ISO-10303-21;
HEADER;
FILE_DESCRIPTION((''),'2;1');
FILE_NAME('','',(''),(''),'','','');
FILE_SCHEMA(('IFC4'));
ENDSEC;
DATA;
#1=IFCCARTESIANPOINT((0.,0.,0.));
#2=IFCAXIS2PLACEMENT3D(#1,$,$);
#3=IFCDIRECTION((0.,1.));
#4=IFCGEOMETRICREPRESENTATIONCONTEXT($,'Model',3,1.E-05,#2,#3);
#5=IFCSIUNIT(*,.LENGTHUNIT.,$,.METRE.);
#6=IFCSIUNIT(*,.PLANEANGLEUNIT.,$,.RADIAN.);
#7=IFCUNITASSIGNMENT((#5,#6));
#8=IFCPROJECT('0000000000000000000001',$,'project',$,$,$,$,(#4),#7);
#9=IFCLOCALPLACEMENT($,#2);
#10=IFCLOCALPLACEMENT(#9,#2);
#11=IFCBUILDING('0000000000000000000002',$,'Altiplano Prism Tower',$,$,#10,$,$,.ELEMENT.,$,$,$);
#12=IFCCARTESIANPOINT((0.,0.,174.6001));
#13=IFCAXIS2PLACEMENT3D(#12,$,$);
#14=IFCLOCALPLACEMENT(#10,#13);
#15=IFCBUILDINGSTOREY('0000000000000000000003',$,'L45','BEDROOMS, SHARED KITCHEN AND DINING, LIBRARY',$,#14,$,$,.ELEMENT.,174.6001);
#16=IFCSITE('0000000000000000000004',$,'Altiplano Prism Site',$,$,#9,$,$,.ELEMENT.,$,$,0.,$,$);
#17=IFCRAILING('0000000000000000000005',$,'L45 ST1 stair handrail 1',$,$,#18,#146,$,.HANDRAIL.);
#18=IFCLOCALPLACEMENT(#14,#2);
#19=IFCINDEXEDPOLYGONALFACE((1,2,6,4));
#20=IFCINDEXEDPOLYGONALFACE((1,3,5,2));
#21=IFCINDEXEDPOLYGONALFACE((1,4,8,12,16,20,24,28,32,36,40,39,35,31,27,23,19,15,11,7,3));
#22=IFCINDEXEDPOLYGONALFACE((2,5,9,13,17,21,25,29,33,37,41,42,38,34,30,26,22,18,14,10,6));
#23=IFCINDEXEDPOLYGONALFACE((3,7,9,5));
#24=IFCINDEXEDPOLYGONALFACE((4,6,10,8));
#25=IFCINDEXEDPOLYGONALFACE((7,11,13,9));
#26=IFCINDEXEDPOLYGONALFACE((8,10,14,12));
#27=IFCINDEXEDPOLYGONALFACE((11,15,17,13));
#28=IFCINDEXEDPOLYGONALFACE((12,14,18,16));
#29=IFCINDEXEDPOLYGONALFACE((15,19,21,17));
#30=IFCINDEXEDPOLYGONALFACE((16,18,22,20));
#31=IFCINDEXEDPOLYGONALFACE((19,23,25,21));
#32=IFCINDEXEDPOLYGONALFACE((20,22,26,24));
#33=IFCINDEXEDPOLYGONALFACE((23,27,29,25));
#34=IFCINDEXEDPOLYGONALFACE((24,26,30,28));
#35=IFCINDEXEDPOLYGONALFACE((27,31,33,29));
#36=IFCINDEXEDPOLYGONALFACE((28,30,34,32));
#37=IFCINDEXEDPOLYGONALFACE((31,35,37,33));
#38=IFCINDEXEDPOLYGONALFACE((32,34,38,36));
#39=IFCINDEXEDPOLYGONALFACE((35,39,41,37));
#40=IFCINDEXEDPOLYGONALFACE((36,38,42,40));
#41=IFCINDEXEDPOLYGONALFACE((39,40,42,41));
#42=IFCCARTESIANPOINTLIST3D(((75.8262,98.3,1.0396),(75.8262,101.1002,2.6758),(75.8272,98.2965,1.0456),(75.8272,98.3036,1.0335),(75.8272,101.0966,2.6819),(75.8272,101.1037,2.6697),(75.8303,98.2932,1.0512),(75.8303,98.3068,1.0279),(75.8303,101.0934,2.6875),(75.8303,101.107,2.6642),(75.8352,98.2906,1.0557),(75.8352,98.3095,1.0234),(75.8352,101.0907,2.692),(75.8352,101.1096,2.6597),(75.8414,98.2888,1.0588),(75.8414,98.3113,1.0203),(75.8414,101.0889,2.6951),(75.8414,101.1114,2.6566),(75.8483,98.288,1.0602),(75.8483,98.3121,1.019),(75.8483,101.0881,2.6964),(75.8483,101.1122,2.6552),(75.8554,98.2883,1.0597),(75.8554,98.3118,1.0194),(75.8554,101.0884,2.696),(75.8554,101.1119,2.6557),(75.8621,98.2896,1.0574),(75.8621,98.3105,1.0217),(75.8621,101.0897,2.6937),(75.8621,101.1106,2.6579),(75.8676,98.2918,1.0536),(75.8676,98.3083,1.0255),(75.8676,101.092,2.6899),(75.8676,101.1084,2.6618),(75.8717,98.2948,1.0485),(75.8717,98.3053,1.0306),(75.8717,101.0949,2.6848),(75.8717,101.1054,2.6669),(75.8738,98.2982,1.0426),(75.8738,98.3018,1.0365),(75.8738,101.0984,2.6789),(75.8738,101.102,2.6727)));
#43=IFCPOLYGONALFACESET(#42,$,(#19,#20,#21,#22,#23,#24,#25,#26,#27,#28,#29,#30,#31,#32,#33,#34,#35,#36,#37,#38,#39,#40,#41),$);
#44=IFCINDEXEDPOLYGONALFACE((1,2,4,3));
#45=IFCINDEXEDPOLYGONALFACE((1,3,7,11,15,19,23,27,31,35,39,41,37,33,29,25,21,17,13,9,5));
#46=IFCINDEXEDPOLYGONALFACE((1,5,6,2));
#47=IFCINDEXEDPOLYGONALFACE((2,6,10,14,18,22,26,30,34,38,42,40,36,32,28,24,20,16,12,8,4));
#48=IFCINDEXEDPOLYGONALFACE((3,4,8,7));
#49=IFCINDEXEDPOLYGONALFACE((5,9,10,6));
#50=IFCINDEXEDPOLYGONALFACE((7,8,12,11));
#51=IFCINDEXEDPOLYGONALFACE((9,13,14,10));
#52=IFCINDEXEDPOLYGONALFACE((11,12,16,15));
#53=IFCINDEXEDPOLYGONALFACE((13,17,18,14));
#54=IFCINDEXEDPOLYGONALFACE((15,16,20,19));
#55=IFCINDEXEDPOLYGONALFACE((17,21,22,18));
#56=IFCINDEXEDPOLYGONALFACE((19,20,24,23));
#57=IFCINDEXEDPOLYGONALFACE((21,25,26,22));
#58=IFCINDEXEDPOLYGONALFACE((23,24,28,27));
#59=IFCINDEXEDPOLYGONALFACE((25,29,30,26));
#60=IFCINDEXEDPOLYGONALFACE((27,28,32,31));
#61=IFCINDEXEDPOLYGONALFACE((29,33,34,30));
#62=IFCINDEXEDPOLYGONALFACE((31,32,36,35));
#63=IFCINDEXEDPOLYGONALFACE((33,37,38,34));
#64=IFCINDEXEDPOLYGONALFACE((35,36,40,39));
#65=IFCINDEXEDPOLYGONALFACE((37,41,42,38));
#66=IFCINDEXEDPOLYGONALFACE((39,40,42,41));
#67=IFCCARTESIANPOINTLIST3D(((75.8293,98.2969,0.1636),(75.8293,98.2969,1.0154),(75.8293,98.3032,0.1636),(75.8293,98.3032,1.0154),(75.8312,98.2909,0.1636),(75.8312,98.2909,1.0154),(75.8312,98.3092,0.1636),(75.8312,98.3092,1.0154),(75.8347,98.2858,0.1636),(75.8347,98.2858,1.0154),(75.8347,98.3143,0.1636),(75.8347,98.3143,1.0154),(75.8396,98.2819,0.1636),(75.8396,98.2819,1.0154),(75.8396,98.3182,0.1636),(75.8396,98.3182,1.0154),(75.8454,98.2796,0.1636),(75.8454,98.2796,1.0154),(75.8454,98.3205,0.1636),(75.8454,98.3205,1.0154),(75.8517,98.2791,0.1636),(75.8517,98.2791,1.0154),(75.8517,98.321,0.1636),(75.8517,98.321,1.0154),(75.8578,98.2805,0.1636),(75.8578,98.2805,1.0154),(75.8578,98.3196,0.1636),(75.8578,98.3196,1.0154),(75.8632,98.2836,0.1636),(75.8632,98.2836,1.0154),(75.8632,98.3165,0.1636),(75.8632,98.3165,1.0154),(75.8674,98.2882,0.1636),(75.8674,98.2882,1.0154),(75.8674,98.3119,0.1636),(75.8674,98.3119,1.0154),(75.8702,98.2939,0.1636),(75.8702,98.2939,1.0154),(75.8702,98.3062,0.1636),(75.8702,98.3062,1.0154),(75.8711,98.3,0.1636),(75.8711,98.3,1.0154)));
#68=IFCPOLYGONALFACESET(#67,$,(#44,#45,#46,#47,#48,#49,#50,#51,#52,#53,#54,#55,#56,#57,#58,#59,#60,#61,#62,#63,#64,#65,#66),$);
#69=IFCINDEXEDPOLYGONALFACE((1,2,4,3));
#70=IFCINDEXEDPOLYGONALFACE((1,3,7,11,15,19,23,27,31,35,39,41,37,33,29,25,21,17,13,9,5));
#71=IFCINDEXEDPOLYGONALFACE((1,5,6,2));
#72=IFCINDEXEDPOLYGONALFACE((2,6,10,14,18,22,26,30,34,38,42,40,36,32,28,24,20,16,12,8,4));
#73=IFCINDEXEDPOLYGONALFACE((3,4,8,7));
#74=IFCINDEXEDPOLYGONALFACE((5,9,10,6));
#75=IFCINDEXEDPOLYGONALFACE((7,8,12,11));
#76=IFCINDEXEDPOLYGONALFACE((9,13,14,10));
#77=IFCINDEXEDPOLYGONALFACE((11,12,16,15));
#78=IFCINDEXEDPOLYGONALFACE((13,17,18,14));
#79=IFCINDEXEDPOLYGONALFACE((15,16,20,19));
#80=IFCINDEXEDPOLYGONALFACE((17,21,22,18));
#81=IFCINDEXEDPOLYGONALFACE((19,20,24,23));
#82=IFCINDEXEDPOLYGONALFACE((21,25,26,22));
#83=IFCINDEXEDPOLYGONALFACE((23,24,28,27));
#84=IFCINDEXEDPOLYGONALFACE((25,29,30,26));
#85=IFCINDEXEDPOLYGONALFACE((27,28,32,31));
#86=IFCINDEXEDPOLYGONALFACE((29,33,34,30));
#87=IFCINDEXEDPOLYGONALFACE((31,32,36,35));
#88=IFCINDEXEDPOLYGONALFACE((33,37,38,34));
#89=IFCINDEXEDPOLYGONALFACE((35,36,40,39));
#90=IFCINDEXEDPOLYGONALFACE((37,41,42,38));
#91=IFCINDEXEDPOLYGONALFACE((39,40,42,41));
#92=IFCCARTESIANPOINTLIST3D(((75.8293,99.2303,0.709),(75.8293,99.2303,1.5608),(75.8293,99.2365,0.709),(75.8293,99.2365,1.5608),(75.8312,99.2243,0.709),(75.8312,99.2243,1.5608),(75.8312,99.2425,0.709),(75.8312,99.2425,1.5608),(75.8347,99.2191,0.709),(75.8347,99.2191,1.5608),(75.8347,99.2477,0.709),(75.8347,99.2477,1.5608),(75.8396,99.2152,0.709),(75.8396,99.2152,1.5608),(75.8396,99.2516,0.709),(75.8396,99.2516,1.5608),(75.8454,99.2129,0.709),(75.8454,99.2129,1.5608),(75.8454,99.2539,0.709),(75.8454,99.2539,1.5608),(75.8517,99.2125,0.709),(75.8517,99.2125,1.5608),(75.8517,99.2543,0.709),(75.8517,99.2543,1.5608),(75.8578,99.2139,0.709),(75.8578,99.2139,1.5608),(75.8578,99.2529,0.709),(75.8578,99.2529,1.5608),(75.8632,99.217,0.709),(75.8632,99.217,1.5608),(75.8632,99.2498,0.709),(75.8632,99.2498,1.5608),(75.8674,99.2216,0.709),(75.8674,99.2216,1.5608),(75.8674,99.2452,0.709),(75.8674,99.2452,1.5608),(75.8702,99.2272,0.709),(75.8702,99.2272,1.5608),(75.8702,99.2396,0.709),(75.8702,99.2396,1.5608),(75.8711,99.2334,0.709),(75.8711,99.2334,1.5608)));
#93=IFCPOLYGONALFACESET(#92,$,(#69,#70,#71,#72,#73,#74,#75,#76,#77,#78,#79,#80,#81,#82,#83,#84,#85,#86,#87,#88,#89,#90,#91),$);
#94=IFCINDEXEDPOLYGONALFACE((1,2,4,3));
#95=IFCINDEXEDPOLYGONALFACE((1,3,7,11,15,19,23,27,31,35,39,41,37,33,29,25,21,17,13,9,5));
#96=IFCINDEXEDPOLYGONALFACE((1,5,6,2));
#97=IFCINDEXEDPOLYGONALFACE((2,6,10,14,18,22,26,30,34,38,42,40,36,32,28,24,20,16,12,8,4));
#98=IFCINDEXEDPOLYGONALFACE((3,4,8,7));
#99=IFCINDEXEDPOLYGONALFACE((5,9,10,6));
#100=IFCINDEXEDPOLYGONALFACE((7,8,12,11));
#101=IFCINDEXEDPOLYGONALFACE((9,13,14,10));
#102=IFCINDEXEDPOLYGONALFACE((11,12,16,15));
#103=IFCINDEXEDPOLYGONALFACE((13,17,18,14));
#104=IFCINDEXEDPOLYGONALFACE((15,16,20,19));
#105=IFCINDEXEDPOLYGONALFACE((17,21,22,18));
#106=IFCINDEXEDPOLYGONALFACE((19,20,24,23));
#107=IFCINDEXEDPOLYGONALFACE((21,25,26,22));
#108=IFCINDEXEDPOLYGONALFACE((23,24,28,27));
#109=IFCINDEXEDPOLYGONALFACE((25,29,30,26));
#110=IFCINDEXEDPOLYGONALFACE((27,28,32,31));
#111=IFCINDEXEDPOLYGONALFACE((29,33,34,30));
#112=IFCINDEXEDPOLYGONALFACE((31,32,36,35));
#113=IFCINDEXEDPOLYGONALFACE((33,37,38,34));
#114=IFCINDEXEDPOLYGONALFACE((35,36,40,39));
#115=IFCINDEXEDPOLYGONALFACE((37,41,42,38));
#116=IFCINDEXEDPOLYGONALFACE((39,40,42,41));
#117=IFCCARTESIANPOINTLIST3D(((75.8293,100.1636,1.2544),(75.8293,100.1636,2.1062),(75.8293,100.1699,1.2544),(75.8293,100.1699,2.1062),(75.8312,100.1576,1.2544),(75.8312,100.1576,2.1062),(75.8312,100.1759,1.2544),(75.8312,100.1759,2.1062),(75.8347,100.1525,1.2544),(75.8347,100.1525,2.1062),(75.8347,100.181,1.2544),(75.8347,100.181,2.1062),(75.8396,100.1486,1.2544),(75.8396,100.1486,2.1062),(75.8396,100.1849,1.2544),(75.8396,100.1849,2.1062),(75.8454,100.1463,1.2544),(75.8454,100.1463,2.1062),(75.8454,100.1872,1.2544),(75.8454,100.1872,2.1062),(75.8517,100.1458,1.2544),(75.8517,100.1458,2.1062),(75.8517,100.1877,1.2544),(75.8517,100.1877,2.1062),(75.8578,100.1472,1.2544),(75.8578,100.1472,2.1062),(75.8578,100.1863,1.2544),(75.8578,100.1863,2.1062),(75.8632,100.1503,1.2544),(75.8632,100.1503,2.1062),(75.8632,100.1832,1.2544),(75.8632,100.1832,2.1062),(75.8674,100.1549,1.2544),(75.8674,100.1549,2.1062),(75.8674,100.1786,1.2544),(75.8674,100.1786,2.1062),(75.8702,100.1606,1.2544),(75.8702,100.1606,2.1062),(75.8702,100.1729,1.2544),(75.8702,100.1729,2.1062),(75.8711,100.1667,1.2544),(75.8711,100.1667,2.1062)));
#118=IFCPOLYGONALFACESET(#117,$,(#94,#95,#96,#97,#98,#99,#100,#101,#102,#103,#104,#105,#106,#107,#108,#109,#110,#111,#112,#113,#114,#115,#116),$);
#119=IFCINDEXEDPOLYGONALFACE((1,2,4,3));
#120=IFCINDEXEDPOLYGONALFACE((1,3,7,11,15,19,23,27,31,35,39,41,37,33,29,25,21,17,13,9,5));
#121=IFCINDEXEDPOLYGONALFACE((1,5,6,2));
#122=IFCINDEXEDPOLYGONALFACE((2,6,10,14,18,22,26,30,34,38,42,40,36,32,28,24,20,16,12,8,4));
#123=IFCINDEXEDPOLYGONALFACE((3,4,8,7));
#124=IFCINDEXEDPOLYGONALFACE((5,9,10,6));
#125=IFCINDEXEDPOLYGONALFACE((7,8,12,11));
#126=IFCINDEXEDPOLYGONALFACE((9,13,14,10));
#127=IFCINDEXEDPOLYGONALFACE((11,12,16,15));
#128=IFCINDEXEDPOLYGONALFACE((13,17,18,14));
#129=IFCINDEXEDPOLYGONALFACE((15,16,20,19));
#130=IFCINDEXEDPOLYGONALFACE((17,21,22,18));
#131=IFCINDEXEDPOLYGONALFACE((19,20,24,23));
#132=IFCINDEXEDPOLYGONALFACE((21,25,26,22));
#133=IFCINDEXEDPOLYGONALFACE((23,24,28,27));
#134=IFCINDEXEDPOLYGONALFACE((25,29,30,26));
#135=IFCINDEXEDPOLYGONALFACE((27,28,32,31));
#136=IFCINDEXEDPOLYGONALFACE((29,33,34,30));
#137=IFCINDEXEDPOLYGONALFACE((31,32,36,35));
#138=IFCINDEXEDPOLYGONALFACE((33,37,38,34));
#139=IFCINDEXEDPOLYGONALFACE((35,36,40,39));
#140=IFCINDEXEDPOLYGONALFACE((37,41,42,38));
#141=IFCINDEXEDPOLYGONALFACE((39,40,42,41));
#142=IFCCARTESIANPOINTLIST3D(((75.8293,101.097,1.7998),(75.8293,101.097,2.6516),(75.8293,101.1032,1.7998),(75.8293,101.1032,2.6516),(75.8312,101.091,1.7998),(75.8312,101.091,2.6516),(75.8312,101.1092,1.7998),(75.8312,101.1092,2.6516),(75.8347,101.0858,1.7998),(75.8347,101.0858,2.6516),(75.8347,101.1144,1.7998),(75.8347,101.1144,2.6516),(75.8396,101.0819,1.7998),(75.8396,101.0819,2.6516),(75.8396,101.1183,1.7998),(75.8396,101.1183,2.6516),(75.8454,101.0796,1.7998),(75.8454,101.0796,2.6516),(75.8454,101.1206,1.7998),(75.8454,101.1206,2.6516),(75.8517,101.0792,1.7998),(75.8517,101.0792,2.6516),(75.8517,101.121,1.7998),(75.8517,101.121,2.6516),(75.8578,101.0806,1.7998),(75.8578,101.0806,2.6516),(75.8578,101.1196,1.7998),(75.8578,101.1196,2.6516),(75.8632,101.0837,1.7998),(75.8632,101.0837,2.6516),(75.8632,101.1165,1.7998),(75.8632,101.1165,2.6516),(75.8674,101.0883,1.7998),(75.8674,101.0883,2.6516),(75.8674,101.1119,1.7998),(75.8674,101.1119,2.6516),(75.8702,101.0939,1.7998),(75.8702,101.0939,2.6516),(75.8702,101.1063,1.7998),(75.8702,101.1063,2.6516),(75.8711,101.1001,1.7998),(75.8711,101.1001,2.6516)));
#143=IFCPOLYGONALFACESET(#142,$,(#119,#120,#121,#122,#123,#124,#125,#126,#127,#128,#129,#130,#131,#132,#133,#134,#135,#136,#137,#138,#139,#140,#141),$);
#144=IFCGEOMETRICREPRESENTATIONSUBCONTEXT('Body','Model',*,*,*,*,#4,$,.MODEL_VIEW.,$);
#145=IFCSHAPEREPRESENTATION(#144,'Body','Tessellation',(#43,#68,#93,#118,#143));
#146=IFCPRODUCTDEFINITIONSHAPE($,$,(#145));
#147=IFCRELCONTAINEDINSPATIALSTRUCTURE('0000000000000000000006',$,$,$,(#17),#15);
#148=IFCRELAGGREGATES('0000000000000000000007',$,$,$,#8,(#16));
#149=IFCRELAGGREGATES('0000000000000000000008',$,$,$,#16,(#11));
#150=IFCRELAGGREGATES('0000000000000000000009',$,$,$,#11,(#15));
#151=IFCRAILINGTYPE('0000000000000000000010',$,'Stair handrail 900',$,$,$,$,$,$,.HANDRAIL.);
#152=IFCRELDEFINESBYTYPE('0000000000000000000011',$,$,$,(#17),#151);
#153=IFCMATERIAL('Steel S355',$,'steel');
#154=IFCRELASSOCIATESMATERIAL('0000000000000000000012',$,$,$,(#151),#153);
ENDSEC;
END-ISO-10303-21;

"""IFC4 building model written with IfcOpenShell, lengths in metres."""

from ifc_helpers import new_model, si_unit, direction, frame, origin, origin_2d, place, context, subcontext, project, spatial, circle, extrude, material, type_object, element, save


model = new_model("IFC4")

# Units and contexts
model_context = context("Model", 3, precision=1e-05, world=origin(), true_north=direction((0.0, 1.0)))
body_context = subcontext(model_context, "Body", "Model", "MODEL_VIEW")
ifc_project = project(units=[si_unit("LENGTHUNIT", "METRE"), si_unit("PLANEANGLEUNIT", "RADIAN")], contexts=[model_context])

# Site, building, storey
site_placement = place(None, origin())
site = spatial("IfcSite", under=ifc_project, at=site_placement, Name="Altiplano Prism Site", CompositionType="ELEMENT", RefElevation=0.0)
building_placement = place(site_placement, origin())
building = spatial("IfcBuilding", under=site, at=building_placement, Name="Altiplano Prism Tower", CompositionType="ELEMENT")
storey_placement = place(building_placement, frame((0.0, 0.0, 174.6001)))
storey = spatial("IfcBuildingStorey", under=building, at=storey_placement, Name="L45", Description="BEDROOMS, SHARED KITCHEN AND DINING, LIBRARY", CompositionType="ELEMENT", Elevation=174.6001)

# Railing
ifc_material_1 = material(Name="Steel S355", Category="steel")
railing_type_1 = type_object("IfcRailingType", Name="Stair handrail 900", PredefinedType="HANDRAIL", material=ifc_material_1)
railing_1_placement = place(storey_placement, frame((75.8501, 98.3, 0.1636)))
element("IfcRailing", 1, at=railing_1_placement, inside=storey, type_object=railing_type_1, Name="L45 ST1 stair handrail 1", PredefinedType="HANDRAIL", context=body_context, shape_type="SweptSolid", body=[
    extrude(circle(Radius=0.0239, at=origin_2d()), frame((0.0, 0.0, 0.876), z_axis=(0.0, 0.863394, 0.504531), x_axis=(-1.0, 0.0, 0.0)), (0.0, 0.0, 1.0), 3.2432),
    extrude(circle(Radius=0.021, at=origin_2d()), origin(), (0.0, 0.0, 1.0), 0.8518),
    extrude(circle(Radius=0.021, at=origin_2d()), frame((0.0, 0.9333, 0.5454)), (0.0, 0.0, 1.0), 0.8518),
    extrude(circle(Radius=0.021, at=origin_2d()), frame((0.0, 1.8667, 1.0908)), (0.0, 0.0, 1.0), 0.8518),
    extrude(circle(Radius=0.021, at=origin_2d()), frame((0.0, 2.8, 1.6362)), (0.0, 0.0, 1.0), 0.8518),
])

save(model, "model.ifc")
